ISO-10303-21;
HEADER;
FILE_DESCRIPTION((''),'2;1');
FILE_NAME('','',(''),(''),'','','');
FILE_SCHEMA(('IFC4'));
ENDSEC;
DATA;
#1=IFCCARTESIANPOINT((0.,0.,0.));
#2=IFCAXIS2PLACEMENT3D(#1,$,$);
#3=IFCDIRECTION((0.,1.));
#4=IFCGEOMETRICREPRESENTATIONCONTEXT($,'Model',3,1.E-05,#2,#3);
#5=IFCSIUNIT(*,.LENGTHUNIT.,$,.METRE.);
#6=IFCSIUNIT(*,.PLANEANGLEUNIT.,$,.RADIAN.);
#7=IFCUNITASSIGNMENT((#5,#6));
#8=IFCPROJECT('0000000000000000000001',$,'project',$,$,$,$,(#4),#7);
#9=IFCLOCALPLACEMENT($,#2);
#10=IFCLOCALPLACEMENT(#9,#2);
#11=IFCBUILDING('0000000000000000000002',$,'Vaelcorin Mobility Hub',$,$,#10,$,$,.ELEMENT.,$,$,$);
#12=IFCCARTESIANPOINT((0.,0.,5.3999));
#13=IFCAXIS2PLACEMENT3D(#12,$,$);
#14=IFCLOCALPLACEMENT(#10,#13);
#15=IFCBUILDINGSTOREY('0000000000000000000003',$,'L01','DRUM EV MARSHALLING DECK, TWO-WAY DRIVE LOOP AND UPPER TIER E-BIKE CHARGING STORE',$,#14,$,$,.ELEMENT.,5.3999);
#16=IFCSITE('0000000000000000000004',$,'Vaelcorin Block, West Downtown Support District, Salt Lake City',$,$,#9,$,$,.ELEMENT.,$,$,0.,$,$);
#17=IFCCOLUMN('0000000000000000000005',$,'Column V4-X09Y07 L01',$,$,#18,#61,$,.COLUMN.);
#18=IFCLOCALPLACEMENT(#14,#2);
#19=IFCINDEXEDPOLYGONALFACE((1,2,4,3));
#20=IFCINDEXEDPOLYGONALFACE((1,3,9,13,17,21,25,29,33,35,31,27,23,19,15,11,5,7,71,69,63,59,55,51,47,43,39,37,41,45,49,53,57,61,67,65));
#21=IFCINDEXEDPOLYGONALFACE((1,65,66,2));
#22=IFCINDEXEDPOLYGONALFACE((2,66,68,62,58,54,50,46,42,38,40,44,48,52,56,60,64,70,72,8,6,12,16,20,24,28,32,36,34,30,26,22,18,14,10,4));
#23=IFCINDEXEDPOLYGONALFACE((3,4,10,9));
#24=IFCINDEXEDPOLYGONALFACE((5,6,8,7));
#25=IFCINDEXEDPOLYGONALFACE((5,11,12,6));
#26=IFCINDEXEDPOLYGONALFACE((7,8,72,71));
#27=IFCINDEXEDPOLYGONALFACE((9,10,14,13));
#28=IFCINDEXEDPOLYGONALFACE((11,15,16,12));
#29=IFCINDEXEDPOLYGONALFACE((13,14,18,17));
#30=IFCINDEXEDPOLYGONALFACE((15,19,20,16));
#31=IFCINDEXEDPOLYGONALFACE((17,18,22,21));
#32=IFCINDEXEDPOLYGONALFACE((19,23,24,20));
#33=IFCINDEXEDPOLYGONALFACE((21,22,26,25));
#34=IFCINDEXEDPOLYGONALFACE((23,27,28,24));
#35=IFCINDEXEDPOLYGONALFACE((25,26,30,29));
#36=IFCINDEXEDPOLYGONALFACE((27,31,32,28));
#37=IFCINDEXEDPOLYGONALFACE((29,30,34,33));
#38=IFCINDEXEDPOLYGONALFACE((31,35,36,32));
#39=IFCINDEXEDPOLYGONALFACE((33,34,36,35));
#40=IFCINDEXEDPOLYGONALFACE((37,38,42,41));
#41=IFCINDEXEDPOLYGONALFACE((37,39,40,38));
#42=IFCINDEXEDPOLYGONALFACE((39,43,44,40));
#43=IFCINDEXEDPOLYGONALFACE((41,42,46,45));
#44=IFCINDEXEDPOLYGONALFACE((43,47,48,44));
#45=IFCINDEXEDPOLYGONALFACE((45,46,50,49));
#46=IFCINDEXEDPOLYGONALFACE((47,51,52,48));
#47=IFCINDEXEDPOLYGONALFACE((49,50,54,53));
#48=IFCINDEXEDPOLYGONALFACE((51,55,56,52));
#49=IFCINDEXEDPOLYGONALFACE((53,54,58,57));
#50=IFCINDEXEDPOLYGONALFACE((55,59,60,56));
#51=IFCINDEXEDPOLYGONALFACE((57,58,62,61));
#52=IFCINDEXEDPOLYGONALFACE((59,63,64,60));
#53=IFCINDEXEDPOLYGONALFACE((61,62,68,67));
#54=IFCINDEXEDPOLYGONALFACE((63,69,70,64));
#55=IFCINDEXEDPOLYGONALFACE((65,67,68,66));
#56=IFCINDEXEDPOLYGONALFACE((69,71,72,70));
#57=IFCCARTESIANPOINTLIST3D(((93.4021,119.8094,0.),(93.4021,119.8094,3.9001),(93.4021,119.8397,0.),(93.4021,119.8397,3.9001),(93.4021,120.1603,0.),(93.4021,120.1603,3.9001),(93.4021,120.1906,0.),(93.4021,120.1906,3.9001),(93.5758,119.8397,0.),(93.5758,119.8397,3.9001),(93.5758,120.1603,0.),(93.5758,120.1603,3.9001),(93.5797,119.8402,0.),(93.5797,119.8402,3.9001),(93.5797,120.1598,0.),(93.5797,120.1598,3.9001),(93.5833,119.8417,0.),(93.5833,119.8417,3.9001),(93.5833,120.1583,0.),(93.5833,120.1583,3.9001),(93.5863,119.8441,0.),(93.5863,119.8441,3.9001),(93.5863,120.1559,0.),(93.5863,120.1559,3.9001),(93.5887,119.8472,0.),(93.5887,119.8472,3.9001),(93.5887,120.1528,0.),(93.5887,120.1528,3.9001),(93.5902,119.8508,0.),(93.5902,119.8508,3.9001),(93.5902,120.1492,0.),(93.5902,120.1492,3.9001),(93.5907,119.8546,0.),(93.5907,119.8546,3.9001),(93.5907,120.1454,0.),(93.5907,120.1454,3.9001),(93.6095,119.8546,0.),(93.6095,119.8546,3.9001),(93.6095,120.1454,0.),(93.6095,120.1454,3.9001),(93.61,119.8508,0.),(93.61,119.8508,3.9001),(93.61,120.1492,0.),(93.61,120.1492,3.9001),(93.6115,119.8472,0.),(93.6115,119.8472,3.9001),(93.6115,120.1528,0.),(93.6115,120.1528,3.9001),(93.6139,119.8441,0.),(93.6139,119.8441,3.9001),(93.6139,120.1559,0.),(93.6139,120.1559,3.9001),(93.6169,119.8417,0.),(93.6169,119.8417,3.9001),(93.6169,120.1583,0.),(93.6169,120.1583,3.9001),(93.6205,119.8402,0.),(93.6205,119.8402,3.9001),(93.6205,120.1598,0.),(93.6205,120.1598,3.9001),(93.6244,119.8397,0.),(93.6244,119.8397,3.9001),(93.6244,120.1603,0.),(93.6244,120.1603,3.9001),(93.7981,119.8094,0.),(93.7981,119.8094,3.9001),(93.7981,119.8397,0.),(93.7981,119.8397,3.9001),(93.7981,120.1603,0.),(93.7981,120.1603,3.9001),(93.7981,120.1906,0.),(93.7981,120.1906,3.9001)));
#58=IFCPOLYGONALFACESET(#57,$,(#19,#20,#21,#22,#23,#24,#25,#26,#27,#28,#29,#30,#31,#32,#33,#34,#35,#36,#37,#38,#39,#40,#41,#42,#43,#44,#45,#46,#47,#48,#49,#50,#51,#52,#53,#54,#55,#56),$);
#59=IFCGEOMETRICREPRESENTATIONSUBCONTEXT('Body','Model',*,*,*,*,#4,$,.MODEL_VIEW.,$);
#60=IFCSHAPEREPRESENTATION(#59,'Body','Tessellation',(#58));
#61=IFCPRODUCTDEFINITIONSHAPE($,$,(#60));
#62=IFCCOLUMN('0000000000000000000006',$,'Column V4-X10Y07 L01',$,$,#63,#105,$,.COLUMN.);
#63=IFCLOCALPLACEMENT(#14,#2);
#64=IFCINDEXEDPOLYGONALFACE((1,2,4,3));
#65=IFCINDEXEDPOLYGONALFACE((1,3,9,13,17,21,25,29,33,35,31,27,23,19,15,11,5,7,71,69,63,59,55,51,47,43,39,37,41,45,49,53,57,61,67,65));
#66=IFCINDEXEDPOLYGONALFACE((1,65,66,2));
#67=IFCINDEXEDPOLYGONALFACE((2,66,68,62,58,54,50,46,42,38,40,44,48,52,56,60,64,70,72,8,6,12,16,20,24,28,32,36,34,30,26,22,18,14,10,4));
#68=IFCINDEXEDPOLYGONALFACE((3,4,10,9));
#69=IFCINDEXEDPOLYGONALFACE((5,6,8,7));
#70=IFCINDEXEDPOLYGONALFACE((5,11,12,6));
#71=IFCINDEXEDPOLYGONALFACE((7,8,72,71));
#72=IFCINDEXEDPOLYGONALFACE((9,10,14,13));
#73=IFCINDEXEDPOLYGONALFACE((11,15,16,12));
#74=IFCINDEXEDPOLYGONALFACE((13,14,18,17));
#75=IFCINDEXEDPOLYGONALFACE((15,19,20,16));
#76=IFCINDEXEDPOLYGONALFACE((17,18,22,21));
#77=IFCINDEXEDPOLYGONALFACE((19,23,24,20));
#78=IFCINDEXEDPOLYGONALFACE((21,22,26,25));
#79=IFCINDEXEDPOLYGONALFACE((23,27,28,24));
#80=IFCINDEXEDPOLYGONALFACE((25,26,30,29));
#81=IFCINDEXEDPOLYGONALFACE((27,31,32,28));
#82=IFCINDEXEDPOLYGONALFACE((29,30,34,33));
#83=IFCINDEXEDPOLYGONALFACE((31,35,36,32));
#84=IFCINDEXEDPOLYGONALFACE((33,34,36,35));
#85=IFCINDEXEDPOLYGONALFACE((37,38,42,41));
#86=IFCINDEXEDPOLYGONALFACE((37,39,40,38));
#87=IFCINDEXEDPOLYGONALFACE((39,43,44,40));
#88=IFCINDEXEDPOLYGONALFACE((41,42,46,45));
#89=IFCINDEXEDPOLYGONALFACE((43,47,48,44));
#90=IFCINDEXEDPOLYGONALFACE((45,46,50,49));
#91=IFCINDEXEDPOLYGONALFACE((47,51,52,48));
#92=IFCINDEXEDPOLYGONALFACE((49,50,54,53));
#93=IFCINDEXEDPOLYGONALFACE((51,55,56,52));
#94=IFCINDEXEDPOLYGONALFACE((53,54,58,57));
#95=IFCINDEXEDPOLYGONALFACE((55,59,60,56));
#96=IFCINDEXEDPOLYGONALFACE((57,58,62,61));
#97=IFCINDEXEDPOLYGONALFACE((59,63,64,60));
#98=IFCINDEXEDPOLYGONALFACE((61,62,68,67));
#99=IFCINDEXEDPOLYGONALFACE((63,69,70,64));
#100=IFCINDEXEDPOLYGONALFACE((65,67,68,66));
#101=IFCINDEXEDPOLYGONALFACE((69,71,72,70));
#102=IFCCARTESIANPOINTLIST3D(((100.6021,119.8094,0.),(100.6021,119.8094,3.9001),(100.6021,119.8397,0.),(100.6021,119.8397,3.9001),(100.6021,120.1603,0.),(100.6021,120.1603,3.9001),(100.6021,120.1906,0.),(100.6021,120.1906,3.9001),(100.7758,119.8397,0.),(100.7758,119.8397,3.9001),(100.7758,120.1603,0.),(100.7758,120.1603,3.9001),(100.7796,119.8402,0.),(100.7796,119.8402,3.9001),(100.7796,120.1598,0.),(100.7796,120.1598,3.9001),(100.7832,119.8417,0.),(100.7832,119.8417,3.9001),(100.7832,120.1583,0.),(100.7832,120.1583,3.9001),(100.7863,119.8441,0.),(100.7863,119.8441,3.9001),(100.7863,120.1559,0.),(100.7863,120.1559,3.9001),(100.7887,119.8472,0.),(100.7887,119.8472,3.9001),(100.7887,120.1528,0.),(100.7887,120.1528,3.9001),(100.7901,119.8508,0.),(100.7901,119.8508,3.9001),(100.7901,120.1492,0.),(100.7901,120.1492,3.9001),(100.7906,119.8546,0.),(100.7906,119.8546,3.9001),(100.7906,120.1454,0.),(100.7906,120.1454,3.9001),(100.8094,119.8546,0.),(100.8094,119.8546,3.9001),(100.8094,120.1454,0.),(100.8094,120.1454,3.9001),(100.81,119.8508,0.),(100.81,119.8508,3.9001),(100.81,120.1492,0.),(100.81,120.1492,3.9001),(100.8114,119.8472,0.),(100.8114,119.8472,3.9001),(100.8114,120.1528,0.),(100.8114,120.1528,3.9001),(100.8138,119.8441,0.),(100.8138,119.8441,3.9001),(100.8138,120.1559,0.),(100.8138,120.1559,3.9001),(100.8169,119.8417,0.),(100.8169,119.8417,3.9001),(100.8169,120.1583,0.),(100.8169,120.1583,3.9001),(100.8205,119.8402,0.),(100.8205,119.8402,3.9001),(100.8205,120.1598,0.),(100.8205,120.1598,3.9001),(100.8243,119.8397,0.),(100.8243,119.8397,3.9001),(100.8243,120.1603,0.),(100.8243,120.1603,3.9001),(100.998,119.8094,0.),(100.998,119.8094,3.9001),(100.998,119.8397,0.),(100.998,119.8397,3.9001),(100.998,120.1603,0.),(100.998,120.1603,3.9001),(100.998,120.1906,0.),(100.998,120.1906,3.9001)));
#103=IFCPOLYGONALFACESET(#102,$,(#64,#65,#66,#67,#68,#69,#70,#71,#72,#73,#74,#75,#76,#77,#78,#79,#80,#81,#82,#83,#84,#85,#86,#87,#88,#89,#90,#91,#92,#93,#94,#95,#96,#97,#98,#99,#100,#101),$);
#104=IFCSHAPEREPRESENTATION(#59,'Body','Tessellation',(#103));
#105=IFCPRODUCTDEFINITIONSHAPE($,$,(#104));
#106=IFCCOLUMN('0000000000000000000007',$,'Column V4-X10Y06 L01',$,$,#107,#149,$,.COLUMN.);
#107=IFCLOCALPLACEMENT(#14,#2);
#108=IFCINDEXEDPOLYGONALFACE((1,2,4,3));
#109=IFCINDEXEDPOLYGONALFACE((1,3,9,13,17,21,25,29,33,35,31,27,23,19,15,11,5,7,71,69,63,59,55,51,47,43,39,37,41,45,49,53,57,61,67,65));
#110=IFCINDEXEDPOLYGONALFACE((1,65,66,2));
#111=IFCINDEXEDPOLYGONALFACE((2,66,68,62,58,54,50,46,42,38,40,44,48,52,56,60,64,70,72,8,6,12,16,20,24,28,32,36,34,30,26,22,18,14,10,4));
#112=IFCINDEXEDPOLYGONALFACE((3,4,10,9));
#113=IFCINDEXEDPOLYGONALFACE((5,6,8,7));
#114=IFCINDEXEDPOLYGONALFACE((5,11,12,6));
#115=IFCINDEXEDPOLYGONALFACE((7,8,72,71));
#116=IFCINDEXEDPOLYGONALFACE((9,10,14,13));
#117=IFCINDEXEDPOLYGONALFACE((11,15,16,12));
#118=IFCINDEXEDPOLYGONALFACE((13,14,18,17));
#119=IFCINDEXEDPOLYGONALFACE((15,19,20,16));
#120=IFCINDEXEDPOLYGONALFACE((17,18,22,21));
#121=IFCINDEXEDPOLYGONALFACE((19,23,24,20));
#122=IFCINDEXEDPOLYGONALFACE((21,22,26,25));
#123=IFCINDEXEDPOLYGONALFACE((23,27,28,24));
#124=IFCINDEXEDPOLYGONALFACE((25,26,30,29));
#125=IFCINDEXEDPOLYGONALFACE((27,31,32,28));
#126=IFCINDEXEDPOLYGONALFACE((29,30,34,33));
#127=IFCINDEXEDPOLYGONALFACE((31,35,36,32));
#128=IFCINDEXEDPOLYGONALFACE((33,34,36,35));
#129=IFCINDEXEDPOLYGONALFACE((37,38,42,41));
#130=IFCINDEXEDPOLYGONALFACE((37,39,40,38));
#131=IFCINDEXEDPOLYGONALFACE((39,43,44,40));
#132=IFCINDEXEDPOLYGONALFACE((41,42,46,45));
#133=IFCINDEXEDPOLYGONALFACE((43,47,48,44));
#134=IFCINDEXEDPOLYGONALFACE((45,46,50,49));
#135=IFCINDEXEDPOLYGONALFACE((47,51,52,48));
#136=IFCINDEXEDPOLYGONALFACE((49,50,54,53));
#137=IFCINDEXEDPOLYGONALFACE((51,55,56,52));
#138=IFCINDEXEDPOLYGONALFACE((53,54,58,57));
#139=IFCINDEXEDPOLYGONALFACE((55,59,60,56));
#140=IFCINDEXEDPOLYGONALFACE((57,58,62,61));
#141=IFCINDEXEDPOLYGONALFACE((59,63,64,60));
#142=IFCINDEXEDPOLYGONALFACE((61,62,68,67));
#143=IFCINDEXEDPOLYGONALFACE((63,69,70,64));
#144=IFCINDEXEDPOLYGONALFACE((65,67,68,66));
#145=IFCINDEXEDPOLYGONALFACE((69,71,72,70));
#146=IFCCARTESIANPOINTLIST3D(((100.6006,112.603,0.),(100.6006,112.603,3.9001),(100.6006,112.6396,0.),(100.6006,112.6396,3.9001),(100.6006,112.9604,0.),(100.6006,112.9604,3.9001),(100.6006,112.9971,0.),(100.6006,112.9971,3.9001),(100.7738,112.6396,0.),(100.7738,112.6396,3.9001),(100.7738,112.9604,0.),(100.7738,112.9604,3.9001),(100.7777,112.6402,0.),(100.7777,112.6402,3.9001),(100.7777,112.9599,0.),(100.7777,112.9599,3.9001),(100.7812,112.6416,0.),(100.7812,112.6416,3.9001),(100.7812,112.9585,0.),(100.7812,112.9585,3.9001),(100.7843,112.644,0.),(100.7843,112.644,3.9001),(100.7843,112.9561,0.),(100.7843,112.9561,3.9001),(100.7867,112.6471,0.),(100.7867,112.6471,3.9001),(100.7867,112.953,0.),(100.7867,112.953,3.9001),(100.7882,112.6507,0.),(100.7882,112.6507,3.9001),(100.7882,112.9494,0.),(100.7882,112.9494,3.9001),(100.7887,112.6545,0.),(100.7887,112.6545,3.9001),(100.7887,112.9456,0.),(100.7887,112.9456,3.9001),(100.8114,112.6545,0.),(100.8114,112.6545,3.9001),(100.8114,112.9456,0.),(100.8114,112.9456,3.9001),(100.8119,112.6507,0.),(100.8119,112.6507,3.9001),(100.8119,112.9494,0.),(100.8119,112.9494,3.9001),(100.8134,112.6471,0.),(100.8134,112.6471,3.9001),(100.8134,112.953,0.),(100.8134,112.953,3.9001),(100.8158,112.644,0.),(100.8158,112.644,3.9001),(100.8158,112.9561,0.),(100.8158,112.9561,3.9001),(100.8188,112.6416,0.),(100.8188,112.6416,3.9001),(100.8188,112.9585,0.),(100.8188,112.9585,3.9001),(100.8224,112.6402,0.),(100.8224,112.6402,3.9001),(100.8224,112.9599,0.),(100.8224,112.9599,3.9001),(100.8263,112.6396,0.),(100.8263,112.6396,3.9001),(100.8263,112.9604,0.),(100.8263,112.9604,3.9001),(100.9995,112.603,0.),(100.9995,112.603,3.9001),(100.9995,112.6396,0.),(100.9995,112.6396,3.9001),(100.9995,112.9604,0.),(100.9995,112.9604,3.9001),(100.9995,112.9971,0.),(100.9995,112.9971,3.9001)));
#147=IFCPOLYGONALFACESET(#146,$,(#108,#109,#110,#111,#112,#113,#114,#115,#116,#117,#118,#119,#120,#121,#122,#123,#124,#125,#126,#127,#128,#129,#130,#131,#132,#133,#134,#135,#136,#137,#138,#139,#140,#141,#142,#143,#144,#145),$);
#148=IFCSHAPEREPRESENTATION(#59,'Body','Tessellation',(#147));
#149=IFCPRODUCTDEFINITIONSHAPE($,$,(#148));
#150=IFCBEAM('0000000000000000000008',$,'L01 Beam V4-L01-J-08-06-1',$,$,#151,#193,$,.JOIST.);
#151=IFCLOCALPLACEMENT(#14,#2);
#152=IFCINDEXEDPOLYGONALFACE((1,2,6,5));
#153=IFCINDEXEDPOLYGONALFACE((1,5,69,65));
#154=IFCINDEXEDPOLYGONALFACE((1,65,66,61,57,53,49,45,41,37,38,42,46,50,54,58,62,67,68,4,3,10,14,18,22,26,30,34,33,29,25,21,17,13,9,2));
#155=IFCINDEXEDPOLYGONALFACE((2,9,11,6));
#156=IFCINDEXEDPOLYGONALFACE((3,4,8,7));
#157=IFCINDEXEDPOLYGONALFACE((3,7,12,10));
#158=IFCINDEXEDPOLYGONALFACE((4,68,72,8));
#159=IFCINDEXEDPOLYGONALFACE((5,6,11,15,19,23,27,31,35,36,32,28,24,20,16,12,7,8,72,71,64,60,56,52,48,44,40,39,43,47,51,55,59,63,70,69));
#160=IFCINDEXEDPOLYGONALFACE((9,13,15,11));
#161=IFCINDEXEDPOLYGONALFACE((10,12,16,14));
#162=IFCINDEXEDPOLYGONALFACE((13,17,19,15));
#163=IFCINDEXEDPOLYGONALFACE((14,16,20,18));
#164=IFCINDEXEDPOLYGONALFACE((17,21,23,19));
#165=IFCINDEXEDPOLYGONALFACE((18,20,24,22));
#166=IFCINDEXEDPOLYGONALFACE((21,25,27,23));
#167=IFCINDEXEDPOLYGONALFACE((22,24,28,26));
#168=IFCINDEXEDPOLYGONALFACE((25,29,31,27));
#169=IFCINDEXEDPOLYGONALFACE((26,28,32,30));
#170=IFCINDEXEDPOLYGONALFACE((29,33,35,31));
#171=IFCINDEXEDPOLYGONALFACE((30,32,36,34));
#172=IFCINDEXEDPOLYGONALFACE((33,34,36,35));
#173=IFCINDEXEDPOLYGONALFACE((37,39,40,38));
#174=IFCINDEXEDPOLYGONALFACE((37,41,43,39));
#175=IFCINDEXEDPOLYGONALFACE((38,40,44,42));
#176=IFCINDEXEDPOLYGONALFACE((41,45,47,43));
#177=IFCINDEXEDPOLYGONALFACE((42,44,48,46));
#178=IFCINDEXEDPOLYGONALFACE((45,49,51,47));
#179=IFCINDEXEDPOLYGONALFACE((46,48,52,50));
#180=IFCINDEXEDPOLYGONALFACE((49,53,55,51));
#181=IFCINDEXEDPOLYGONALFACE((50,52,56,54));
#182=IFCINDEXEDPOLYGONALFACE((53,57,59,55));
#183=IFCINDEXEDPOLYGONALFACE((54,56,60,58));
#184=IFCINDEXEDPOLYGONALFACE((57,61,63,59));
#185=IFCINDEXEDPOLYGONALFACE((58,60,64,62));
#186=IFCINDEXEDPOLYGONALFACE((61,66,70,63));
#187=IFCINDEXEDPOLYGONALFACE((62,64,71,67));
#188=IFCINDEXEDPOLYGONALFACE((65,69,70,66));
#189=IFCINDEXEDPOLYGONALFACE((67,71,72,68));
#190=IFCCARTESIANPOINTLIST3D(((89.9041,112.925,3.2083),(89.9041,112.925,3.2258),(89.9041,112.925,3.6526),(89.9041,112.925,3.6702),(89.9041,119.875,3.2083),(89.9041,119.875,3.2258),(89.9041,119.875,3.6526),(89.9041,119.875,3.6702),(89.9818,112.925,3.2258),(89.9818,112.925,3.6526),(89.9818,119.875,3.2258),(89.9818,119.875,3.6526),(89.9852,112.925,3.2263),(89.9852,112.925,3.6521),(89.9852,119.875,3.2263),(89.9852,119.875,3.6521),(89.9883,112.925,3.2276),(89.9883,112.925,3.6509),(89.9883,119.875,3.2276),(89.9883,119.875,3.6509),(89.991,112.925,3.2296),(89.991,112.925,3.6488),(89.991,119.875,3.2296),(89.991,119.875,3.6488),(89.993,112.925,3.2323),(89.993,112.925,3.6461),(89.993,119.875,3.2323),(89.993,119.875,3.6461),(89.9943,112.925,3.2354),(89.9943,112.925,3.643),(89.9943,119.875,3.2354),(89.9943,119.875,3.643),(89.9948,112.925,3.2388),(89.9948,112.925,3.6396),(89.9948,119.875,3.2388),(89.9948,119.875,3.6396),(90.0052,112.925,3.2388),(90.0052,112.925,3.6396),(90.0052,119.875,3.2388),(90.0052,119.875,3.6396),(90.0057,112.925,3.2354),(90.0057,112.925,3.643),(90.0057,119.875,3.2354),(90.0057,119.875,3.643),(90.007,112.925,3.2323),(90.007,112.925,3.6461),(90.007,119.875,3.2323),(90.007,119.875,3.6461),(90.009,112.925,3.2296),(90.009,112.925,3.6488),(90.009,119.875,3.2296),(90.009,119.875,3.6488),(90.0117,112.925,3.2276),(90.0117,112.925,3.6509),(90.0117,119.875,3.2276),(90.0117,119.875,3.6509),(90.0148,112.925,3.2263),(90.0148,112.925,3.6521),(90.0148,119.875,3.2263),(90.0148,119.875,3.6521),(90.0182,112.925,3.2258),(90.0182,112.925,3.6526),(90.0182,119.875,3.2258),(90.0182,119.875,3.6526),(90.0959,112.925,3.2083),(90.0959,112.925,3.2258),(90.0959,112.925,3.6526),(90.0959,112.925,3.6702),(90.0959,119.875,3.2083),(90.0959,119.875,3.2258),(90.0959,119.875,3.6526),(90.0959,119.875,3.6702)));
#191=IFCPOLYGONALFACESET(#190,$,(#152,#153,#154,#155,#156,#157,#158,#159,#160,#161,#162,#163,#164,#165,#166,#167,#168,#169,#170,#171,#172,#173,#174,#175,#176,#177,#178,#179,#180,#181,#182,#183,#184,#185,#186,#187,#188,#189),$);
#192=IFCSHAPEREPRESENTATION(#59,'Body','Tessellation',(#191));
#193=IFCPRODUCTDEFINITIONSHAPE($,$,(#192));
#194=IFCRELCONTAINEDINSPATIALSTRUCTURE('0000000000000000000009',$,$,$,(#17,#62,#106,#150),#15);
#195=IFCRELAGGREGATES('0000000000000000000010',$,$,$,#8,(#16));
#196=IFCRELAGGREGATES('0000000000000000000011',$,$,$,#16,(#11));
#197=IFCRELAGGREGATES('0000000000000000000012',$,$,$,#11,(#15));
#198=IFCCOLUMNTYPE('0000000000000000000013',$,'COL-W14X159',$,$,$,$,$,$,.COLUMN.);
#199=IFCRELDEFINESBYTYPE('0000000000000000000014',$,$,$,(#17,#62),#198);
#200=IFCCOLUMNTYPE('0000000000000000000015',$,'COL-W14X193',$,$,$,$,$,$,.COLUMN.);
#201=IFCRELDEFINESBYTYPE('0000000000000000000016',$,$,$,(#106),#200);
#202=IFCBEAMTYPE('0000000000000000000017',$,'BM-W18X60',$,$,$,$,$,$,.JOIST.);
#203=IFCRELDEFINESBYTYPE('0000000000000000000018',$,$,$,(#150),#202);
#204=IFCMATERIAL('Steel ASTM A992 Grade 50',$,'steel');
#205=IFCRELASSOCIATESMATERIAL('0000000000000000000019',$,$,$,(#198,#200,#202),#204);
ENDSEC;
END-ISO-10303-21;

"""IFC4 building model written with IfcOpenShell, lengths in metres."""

from ifc_helpers import new_model, si_unit, direction, frame, origin, origin_2d, place, context, subcontext, project, spatial, i_section, extrude, material, material_profile, profile_set, type_object, element, save


model = new_model("IFC4")

# Units and contexts
model_context = context("Model", 3, precision=1e-05, world=origin(), true_north=direction((0.0, 1.0)))
body_context = subcontext(model_context, "Body", "Model", "MODEL_VIEW")
ifc_project = project(units=[si_unit("LENGTHUNIT", "METRE"), si_unit("PLANEANGLEUNIT", "RADIAN")], contexts=[model_context])

# Site, building, storey
site_placement = place(None, origin())
site = spatial("IfcSite", under=ifc_project, at=site_placement, Name="Vaelcorin Block, West Downtown Support District, Salt Lake City", CompositionType="ELEMENT", RefElevation=0.0)
building_placement = place(site_placement, origin())
building = spatial("IfcBuilding", under=site, at=building_placement, Name="Vaelcorin Mobility Hub", CompositionType="ELEMENT")
storey_placement = place(building_placement, frame((0.0, 0.0, 5.3999)))
storey = spatial("IfcBuildingStorey", under=building, at=storey_placement, Name="L01", Description="DRUM EV MARSHALLING DECK, TWO-WAY DRIVE LOOP AND UPPER TIER E-BIKE CHARGING STORE", CompositionType="ELEMENT", Elevation=5.3999)

# Columns
ifc_material_1 = material(Name="Steel ASTM A992 Grade 50", Category="steel")
ifc_material_profile_1 = material_profile(ifc_material_1, i_section(OverallWidth=0.396, OverallDepth=0.3811, WebThickness=0.0188, FlangeThickness=0.0303, FilletRadius=0.0149, at=origin_2d()), Name="W14X159")
ifc_profile_set_1 = profile_set([ifc_material_profile_1], Name="Steel ASTM A992 Grade 50")
column_type_1 = type_object("IfcColumnType", Name="COL-W14X159", PredefinedType="COLUMN", material=ifc_profile_set_1)
for number, where, z_axis, x_axis, name in (
    (1, (93.6001, 120.0, 0.0), (0.0, 0.0, 1.0), (1.0, 0.0, 0.0), "Column V4-X09Y07 L01"),
    (2, (100.8, 120.0, 0.0), (0.0, 0.0, 1.0), (1.0, 0.0, 0.0), "Column V4-X10Y07 L01"),
):
    element("IfcColumn", number, at=place(storey_placement, frame(where, z_axis=z_axis, x_axis=x_axis)), inside=storey, type_object=column_type_1, Name=name, PredefinedType="COLUMN", context=body_context, shape_type="SweptSolid", body=[
        extrude(i_section(OverallWidth=0.396, OverallDepth=0.3811, WebThickness=0.0188, FlangeThickness=0.0303, FilletRadius=0.0149, at=origin_2d()), origin(), (0.0, 0.0, 1.0), 3.9001),
    ])
ifc_material_profile_2 = material_profile(ifc_material_1, i_section(OverallWidth=0.3989, OverallDepth=0.394, WebThickness=0.0227, FlangeThickness=0.0366, FilletRadius=0.0149, at=origin_2d()), Name="W14X193")
ifc_profile_set_2 = profile_set([ifc_material_profile_2], Name="Steel ASTM A992 Grade 50")
column_type_2 = type_object("IfcColumnType", Name="COL-W14X193", PredefinedType="COLUMN", material=ifc_profile_set_2)
column_placement = place(storey_placement, frame((100.8, 112.8, 0.0), z_axis=(0.0, 0.0, 1.0), x_axis=(1.0, 0.0, 0.0)))
element("IfcColumn", 3, at=column_placement, inside=storey, type_object=column_type_2, Name="Column V4-X10Y06 L01", PredefinedType="COLUMN", context=body_context, shape_type="SweptSolid", body=[
    extrude(i_section(OverallWidth=0.3989, OverallDepth=0.394, WebThickness=0.0227, FlangeThickness=0.0366, FilletRadius=0.0149, at=origin_2d()), origin(), (0.0, 0.0, 1.0), 3.9001),
])

# Beam
ifc_material_profile_3 = material_profile(ifc_material_1, i_section(OverallWidth=0.1919, OverallDepth=0.4619, WebThickness=0.0105, FlangeThickness=0.0176, FilletRadius=0.0129, at=origin_2d()), Name="W18X60")
ifc_profile_set_3 = profile_set([ifc_material_profile_3], Name="Steel ASTM A992 Grade 50")
beam_type_1 = type_object("IfcBeamType", Name="BM-W18X60", PredefinedType="JOIST", material=ifc_profile_set_3)
beam_1_placement = place(storey_placement, frame((90.0, 112.925, 3.4392), z_axis=(0.0, 1.0, 0.0), x_axis=(-1.0, 0.0, 0.0)))
element("IfcBeam", 4, at=beam_1_placement, inside=storey, type_object=beam_type_1, Name="L01 Beam V4-L01-J-08-06-1", PredefinedType="JOIST", context=body_context, shape_type="SweptSolid", body=[
    extrude(i_section(OverallWidth=0.1919, OverallDepth=0.4619, WebThickness=0.0105, FlangeThickness=0.0176, FilletRadius=0.0129, at=origin_2d()), origin(), (0.0, 0.0, 1.0), 6.95),
])

save(model, "model.ifc")
